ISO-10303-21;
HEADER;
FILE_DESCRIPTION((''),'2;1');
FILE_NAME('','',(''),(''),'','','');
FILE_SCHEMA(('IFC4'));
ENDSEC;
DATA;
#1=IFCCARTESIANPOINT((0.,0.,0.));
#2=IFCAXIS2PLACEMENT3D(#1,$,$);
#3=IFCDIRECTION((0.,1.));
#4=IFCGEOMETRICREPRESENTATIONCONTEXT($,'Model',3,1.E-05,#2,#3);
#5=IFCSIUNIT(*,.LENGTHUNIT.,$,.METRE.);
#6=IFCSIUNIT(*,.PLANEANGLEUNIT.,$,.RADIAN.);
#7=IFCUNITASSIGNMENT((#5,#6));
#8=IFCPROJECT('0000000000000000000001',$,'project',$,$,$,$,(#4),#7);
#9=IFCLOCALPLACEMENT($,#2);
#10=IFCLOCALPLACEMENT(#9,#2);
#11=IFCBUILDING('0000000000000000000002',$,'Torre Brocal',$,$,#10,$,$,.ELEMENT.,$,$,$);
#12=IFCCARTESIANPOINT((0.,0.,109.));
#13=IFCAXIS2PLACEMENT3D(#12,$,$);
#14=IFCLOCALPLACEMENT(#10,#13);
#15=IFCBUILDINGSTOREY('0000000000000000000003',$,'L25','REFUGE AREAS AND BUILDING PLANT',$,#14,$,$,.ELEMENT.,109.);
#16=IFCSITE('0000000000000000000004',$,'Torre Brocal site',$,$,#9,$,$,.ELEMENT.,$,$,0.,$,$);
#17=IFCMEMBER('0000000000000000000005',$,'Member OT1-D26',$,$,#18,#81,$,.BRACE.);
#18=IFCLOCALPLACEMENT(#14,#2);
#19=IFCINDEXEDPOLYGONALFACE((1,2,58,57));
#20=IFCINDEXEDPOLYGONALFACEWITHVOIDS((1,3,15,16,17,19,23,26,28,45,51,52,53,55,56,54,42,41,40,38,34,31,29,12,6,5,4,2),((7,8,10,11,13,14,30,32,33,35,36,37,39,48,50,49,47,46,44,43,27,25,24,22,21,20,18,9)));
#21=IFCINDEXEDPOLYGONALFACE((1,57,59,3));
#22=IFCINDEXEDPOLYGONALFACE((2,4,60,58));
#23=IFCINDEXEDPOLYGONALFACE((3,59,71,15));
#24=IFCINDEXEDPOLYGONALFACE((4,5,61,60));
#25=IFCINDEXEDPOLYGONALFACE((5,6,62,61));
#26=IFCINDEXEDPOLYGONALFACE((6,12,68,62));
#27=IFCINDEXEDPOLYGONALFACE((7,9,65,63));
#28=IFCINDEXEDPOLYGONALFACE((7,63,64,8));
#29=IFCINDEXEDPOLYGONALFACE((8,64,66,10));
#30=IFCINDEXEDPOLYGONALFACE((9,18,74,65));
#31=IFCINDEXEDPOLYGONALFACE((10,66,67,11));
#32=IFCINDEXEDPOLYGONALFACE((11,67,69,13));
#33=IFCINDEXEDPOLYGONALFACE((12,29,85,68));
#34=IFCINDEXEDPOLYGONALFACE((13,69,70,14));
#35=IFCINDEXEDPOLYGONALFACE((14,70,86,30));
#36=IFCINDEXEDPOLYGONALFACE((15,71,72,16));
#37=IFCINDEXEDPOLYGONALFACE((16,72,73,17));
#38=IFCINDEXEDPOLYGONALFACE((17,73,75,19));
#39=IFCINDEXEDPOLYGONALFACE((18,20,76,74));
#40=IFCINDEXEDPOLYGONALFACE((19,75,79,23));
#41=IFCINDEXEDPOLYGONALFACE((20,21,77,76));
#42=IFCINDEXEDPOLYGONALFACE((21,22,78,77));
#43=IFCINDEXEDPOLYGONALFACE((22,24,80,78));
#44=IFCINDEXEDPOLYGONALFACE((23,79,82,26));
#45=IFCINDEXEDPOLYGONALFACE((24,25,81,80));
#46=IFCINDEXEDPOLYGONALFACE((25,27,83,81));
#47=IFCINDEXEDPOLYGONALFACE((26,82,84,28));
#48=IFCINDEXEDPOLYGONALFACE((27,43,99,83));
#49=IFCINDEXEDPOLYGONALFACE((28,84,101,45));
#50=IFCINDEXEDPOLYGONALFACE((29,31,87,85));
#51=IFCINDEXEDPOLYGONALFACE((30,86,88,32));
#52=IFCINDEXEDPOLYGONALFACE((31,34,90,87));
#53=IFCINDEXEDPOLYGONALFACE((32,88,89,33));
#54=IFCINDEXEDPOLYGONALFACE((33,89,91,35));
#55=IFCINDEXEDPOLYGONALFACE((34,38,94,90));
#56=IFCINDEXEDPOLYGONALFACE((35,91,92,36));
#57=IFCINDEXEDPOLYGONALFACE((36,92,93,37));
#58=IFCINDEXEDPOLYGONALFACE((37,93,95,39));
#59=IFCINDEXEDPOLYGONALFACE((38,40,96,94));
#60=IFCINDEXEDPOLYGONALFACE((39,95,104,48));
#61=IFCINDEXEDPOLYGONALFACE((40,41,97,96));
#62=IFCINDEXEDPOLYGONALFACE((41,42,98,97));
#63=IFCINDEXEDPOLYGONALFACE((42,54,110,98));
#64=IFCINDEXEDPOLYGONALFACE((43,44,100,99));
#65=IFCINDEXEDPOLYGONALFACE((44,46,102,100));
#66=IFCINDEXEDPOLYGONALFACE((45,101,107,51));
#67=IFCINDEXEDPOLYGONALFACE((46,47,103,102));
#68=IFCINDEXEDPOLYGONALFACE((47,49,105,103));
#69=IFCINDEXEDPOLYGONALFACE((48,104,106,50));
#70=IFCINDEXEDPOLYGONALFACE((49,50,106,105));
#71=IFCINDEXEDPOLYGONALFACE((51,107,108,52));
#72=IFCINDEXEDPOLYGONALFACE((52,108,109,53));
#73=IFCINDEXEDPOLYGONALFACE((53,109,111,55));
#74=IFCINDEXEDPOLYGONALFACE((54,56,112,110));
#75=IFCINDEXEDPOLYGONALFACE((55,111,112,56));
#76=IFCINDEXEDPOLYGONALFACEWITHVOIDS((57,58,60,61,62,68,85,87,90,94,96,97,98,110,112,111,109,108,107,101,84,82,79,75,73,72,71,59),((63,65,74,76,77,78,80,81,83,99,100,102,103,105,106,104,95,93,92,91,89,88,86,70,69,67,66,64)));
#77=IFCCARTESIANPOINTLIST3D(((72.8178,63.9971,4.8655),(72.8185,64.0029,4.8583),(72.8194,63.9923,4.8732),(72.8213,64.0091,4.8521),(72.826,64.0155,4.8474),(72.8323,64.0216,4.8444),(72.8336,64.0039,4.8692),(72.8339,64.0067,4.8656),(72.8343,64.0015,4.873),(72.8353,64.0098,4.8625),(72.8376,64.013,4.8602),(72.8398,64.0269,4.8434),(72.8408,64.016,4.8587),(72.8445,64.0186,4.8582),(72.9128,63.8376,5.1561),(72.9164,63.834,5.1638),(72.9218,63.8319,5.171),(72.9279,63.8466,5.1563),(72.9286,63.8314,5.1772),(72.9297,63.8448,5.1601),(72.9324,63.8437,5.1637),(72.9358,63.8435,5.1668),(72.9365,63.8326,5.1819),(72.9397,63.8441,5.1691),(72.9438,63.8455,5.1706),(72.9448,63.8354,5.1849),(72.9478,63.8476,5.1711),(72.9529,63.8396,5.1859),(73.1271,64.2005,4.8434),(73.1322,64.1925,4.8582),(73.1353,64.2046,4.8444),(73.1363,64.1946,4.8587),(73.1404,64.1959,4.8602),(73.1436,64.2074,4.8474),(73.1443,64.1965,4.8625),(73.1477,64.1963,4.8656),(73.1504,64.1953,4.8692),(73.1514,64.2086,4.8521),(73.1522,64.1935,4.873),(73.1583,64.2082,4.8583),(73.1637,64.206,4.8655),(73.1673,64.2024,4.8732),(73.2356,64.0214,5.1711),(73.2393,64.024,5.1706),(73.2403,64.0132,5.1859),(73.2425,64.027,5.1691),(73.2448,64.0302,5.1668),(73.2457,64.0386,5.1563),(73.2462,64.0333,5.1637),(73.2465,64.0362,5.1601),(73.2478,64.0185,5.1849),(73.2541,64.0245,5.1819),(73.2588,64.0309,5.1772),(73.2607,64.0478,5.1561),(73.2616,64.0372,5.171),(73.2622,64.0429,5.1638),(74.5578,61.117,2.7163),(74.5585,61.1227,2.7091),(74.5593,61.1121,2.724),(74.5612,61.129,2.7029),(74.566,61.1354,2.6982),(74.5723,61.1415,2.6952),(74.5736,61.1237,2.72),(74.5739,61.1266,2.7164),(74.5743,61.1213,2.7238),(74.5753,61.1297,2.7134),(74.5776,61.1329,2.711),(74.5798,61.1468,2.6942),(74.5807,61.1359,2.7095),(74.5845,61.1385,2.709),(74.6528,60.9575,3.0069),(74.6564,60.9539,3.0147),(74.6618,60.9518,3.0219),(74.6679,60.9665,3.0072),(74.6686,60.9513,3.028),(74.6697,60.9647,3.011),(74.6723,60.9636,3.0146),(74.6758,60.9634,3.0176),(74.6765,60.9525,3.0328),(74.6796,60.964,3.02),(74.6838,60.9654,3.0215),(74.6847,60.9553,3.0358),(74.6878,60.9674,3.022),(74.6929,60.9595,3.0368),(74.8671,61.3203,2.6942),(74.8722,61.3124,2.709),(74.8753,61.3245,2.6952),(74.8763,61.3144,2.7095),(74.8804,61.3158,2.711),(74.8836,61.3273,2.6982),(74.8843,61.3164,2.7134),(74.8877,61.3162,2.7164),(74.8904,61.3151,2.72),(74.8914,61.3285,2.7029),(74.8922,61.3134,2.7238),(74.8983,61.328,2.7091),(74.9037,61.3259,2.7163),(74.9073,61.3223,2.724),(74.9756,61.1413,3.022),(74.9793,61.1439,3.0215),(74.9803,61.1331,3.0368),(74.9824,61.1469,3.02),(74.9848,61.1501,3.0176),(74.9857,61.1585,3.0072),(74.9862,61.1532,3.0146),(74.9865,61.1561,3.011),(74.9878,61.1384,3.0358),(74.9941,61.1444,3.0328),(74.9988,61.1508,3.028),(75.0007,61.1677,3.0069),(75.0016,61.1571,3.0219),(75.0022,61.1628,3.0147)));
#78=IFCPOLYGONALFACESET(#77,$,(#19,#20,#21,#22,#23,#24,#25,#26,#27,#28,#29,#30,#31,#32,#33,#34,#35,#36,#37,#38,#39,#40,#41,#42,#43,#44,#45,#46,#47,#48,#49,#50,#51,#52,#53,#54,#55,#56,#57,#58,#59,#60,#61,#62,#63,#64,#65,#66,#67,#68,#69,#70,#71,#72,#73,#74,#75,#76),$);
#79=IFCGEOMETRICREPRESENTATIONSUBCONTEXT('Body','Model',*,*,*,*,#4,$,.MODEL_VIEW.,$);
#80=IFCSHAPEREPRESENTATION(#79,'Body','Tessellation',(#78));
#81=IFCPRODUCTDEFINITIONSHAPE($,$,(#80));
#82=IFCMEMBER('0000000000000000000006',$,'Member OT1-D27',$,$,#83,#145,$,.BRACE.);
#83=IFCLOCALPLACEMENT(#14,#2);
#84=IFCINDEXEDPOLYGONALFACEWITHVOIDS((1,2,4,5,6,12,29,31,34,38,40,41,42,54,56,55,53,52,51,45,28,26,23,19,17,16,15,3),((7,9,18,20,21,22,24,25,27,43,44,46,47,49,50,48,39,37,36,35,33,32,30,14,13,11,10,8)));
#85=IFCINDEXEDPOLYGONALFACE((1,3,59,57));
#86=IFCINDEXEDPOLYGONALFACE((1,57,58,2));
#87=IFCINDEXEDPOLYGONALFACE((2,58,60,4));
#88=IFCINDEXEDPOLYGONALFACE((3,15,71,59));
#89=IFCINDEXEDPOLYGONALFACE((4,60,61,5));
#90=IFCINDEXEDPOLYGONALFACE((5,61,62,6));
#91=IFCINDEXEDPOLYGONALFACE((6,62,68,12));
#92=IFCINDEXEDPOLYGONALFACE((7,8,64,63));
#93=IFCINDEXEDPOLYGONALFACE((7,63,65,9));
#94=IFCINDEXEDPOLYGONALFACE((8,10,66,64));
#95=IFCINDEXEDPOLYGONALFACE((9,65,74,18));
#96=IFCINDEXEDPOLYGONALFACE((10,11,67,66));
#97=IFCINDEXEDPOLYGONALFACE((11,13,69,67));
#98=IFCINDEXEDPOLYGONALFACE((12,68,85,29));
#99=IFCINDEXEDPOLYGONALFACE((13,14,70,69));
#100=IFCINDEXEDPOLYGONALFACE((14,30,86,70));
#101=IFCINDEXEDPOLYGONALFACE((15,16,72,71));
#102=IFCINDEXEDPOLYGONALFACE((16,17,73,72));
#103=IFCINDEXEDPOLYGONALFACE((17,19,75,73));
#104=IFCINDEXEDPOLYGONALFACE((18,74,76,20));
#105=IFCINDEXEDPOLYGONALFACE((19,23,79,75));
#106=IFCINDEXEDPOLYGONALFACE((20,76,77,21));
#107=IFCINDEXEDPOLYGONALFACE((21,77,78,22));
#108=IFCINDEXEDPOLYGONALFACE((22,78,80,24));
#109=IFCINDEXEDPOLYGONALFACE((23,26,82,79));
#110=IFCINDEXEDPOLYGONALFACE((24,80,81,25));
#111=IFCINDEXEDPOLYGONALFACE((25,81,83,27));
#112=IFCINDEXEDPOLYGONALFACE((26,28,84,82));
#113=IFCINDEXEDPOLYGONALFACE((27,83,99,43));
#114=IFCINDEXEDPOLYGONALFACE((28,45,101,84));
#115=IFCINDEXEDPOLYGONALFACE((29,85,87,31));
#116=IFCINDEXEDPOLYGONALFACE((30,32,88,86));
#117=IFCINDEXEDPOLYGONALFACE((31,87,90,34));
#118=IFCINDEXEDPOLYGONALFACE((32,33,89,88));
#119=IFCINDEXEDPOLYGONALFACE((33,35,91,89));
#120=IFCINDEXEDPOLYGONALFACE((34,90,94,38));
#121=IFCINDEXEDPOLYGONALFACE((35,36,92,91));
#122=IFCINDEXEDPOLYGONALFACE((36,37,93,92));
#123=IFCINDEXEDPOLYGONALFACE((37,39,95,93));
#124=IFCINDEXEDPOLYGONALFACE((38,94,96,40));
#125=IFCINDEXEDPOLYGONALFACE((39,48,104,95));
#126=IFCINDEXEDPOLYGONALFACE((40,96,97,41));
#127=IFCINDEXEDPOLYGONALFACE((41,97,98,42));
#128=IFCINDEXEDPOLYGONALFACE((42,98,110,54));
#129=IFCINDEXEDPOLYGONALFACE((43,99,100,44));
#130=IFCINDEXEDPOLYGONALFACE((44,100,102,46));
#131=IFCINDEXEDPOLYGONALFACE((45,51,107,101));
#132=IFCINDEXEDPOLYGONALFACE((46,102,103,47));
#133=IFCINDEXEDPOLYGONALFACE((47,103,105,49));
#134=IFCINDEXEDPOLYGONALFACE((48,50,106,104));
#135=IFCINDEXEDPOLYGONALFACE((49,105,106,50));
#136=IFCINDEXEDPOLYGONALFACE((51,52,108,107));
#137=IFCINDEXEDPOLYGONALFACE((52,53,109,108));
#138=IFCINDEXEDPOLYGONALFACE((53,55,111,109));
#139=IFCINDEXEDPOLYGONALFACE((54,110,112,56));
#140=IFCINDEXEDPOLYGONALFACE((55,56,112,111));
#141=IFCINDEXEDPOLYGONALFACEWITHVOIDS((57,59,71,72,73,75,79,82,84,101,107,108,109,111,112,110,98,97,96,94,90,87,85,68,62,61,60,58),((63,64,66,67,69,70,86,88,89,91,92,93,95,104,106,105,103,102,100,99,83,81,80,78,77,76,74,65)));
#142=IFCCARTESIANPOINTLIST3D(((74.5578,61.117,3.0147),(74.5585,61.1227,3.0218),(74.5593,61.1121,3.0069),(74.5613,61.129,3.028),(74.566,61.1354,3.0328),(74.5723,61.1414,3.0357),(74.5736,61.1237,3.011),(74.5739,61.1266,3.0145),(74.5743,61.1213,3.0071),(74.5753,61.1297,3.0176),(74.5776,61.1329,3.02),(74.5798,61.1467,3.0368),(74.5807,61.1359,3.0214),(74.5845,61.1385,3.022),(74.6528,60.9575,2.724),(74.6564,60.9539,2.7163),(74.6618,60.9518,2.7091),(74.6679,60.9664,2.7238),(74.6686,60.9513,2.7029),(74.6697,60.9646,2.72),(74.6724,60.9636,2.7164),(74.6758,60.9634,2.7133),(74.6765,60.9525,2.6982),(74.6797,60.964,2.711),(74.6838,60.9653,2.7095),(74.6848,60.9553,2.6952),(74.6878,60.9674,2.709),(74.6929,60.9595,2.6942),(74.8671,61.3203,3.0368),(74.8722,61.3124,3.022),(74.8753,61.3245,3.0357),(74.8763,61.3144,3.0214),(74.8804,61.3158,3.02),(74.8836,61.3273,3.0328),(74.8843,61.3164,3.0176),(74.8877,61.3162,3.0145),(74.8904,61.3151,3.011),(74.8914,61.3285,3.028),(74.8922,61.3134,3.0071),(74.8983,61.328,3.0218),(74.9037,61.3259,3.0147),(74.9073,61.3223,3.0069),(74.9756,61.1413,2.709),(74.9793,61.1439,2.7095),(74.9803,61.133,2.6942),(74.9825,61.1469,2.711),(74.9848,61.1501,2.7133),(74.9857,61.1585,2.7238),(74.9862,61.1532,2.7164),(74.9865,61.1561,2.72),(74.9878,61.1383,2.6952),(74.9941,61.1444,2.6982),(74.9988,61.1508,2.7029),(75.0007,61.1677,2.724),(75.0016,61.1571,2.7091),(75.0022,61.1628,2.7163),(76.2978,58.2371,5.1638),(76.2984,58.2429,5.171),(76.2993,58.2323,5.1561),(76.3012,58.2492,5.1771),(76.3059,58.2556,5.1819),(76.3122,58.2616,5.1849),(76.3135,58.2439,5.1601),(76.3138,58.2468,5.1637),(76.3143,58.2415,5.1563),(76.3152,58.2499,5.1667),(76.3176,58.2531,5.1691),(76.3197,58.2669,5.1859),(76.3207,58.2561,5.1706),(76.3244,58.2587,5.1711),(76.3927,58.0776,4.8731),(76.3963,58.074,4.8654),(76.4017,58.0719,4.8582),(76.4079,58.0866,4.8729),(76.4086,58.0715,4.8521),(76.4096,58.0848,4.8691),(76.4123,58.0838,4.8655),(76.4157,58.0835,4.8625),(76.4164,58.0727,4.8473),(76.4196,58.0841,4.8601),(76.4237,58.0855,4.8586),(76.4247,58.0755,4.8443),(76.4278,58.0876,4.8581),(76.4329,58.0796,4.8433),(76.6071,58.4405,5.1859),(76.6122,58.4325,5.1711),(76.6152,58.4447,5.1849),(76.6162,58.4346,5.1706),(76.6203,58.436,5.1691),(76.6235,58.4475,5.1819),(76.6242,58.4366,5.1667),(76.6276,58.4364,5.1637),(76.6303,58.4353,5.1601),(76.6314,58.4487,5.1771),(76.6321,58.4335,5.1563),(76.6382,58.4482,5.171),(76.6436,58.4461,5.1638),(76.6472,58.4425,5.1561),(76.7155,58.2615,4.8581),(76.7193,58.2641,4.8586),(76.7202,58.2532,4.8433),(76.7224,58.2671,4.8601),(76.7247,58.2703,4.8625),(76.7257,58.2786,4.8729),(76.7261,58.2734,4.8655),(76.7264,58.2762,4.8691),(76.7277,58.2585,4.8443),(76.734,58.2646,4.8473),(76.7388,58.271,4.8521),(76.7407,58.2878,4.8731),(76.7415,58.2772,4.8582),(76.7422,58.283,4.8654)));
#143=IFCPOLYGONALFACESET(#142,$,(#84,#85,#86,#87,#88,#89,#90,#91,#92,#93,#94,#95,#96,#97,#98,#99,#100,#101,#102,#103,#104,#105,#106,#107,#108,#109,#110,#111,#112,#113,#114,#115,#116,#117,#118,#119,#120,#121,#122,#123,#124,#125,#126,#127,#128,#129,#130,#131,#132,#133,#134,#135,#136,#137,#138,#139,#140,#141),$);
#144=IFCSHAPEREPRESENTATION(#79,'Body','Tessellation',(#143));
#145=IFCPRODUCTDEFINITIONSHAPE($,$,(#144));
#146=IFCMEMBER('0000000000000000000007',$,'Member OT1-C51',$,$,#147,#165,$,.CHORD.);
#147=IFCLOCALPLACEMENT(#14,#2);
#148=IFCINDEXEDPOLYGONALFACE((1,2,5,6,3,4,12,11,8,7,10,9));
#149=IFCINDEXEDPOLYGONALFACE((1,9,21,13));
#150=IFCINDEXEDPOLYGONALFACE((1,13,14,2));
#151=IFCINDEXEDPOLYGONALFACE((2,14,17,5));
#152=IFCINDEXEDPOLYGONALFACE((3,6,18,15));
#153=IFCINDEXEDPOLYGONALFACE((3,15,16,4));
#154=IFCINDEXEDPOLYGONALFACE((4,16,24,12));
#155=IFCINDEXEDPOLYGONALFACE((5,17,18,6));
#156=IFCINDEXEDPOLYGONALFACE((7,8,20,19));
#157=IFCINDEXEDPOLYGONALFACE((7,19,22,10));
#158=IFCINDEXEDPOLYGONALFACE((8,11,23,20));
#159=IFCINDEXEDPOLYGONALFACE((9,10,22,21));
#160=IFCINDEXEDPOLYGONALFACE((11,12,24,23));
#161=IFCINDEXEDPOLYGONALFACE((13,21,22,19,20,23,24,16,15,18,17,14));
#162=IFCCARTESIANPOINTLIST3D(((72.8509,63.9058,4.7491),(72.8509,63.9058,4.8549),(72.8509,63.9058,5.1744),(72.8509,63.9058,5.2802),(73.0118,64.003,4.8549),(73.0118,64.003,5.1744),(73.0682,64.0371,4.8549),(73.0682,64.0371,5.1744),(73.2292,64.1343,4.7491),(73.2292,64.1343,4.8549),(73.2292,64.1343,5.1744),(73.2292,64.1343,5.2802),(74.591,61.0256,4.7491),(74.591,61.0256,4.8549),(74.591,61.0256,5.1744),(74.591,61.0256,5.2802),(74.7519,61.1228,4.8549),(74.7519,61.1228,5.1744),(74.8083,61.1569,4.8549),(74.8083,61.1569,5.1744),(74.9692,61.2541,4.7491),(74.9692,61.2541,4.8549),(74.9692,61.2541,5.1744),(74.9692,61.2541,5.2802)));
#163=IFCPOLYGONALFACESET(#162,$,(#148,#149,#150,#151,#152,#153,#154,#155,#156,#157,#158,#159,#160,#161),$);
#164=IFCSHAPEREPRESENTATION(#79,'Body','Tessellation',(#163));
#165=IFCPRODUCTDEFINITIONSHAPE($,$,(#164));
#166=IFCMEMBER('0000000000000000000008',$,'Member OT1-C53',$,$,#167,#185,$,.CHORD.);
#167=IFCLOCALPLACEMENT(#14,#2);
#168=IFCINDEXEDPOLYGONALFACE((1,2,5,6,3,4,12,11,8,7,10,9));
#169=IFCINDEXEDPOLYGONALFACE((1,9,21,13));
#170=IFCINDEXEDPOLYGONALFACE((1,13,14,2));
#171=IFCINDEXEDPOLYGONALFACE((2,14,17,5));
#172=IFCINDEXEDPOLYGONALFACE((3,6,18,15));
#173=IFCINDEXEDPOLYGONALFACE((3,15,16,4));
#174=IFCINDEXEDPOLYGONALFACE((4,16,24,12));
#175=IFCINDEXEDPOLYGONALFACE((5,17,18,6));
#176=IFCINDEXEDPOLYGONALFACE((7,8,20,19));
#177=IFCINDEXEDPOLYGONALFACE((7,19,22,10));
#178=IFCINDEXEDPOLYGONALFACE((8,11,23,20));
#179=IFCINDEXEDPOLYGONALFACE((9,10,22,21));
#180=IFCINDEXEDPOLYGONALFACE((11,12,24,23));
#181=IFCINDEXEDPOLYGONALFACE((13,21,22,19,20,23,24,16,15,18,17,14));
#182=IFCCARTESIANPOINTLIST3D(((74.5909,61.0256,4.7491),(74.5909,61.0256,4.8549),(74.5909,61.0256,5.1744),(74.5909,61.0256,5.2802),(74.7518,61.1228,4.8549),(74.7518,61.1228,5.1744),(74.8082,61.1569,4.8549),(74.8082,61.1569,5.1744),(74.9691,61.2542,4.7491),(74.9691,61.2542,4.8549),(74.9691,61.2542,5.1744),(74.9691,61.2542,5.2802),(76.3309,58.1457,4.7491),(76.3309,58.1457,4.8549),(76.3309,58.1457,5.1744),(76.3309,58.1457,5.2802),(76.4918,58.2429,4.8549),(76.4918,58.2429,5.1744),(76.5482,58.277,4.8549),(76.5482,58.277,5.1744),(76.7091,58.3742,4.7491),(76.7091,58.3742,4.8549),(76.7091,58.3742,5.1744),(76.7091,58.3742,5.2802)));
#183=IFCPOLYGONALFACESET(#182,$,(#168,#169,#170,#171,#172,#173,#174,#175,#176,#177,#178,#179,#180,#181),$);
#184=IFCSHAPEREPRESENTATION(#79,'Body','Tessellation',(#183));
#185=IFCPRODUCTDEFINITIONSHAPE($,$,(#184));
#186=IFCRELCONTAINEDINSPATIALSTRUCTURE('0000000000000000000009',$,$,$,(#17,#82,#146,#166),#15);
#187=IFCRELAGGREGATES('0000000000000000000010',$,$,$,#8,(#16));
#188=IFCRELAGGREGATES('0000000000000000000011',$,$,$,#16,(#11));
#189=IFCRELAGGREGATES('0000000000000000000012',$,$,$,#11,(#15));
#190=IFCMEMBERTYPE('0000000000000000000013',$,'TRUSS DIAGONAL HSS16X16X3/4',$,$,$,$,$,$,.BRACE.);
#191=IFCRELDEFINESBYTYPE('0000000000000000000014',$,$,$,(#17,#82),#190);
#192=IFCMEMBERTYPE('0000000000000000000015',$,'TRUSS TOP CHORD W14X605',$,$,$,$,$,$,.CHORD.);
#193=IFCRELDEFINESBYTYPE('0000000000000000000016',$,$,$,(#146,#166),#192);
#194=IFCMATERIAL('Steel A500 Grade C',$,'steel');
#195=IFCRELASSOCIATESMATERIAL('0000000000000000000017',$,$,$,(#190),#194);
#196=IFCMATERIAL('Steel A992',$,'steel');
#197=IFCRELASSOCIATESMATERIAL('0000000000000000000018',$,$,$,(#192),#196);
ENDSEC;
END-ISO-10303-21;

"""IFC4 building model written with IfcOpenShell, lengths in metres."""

from ifc_helpers import new_model, si_unit, direction, frame, origin, origin_2d, place, context, subcontext, project, spatial, hollow_rectangle, i_section, extrude, material, material_profile, profile_set, type_object, element, save


model = new_model("IFC4")

# Units and contexts
model_context = context("Model", 3, precision=1e-05, world=origin(), true_north=direction((0.0, 1.0)))
body_context = subcontext(model_context, "Body", "Model", "MODEL_VIEW")
ifc_project = project(units=[si_unit("LENGTHUNIT", "METRE"), si_unit("PLANEANGLEUNIT", "RADIAN")], contexts=[model_context])

# Site, building, storey
site_placement = place(None, origin())
site = spatial("IfcSite", under=ifc_project, at=site_placement, Name="Torre Brocal site", CompositionType="ELEMENT", RefElevation=0.0)
building_placement = place(site_placement, origin())
building = spatial("IfcBuilding", under=site, at=building_placement, Name="Torre Brocal", CompositionType="ELEMENT")
storey_placement = place(building_placement, frame((0.0, 0.0, 109.0)))
storey = spatial("IfcBuildingStorey", under=building, at=storey_placement, Name="L25", Description="REFUGE AREAS AND BUILDING PLANT", CompositionType="ELEMENT", Elevation=109.0)

# Members
ifc_material_1 = material(Name="Steel A500 Grade C", Category="steel")
ifc_material_profile_1 = material_profile(ifc_material_1, hollow_rectangle(XDim=0.4065, YDim=0.4065, WallThickness=0.0176, InnerFilletRadius=0.0176, OuterFilletRadius=0.0354, at=origin_2d()), Name="HSS16X16X3/4")
ifc_profile_set_1 = profile_set([ifc_material_profile_1], Name="Steel A500 Grade C")
member_type_1 = type_object("IfcMemberType", Name="TRUSS DIAGONAL HSS16X16X3/4", PredefinedType="BRACE", material=ifc_profile_set_1)
member_1_placement = place(storey_placement, frame((73.04, 64.02, 5.0146), z_axis=(0.435793, -0.721349, -0.538275), x_axis=(0.855927, 0.517097, 0.0)))
element("IfcMember", 1, at=member_1_placement, inside=storey, type_object=member_type_1, Name="Member OT1-D26", PredefinedType="BRACE", context=body_context, shape_type="SweptSolid", body=[
    extrude(hollow_rectangle(XDim=0.4065, YDim=0.4065, WallThickness=0.0176, InnerFilletRadius=0.0176, OuterFilletRadius=0.0354, at=origin_2d()), origin(), (0.0, 0.0, 1.0), 3.9927),
])
member_2_placement = place(storey_placement, frame((74.78, 61.1399, 2.8655), z_axis=(0.435812, -0.721319, 0.538299), x_axis=(0.855908, 0.517129, 0.0)))
element("IfcMember", 2, at=member_2_placement, inside=storey, type_object=member_type_1, Name="Member OT1-D27", PredefinedType="BRACE", context=body_context, shape_type="SweptSolid", body=[
    extrude(hollow_rectangle(XDim=0.4065, YDim=0.4065, WallThickness=0.0176, InnerFilletRadius=0.0176, OuterFilletRadius=0.0354, at=origin_2d()), origin(), (0.0, 0.0, 1.0), 3.9924),
])
ifc_material_2 = material(Name="Steel A992", Category="steel")
ifc_material_profile_2 = material_profile(ifc_material_2, i_section(OverallWidth=0.4419, OverallDepth=0.531, WebThickness=0.0659, FlangeThickness=0.1057, at=origin_2d()), Name="W14X605")
ifc_profile_set_2 = profile_set([ifc_material_profile_2], Name="Steel A992")
member_type_2 = type_object("IfcMemberType", Name="TRUSS TOP CHORD W14X605", PredefinedType="CHORD", material=ifc_profile_set_2)
member_3_placement = place(storey_placement, frame((73.04, 64.02, 5.0146), z_axis=(0.517097, -0.855927, 0.0), x_axis=(0.855927, 0.517097, 0.0)))
element("IfcMember", 3, at=member_3_placement, inside=storey, type_object=member_type_2, Name="Member OT1-C51", PredefinedType="CHORD", context=body_context, shape_type="SweptSolid", body=[
    extrude(i_section(OverallWidth=0.4419, OverallDepth=0.531, WebThickness=0.0659, FlangeThickness=0.1057, at=origin_2d()), origin(), (0.0, 0.0, 1.0), 3.365),
])
member_4_placement = place(storey_placement, frame((74.78, 61.1399, 5.0146), z_axis=(0.517129, -0.855908, 0.0), x_axis=(0.855908, 0.517129, 0.0)))
element("IfcMember", 4, at=member_4_placement, inside=storey, type_object=member_type_2, Name="Member OT1-C53", PredefinedType="CHORD", context=body_context, shape_type="SweptSolid", body=[
    extrude(i_section(OverallWidth=0.4419, OverallDepth=0.531, WebThickness=0.0659, FlangeThickness=0.1057, at=origin_2d()), origin(), (0.0, 0.0, 1.0), 3.3647),
])

save(model, "model.ifc")
